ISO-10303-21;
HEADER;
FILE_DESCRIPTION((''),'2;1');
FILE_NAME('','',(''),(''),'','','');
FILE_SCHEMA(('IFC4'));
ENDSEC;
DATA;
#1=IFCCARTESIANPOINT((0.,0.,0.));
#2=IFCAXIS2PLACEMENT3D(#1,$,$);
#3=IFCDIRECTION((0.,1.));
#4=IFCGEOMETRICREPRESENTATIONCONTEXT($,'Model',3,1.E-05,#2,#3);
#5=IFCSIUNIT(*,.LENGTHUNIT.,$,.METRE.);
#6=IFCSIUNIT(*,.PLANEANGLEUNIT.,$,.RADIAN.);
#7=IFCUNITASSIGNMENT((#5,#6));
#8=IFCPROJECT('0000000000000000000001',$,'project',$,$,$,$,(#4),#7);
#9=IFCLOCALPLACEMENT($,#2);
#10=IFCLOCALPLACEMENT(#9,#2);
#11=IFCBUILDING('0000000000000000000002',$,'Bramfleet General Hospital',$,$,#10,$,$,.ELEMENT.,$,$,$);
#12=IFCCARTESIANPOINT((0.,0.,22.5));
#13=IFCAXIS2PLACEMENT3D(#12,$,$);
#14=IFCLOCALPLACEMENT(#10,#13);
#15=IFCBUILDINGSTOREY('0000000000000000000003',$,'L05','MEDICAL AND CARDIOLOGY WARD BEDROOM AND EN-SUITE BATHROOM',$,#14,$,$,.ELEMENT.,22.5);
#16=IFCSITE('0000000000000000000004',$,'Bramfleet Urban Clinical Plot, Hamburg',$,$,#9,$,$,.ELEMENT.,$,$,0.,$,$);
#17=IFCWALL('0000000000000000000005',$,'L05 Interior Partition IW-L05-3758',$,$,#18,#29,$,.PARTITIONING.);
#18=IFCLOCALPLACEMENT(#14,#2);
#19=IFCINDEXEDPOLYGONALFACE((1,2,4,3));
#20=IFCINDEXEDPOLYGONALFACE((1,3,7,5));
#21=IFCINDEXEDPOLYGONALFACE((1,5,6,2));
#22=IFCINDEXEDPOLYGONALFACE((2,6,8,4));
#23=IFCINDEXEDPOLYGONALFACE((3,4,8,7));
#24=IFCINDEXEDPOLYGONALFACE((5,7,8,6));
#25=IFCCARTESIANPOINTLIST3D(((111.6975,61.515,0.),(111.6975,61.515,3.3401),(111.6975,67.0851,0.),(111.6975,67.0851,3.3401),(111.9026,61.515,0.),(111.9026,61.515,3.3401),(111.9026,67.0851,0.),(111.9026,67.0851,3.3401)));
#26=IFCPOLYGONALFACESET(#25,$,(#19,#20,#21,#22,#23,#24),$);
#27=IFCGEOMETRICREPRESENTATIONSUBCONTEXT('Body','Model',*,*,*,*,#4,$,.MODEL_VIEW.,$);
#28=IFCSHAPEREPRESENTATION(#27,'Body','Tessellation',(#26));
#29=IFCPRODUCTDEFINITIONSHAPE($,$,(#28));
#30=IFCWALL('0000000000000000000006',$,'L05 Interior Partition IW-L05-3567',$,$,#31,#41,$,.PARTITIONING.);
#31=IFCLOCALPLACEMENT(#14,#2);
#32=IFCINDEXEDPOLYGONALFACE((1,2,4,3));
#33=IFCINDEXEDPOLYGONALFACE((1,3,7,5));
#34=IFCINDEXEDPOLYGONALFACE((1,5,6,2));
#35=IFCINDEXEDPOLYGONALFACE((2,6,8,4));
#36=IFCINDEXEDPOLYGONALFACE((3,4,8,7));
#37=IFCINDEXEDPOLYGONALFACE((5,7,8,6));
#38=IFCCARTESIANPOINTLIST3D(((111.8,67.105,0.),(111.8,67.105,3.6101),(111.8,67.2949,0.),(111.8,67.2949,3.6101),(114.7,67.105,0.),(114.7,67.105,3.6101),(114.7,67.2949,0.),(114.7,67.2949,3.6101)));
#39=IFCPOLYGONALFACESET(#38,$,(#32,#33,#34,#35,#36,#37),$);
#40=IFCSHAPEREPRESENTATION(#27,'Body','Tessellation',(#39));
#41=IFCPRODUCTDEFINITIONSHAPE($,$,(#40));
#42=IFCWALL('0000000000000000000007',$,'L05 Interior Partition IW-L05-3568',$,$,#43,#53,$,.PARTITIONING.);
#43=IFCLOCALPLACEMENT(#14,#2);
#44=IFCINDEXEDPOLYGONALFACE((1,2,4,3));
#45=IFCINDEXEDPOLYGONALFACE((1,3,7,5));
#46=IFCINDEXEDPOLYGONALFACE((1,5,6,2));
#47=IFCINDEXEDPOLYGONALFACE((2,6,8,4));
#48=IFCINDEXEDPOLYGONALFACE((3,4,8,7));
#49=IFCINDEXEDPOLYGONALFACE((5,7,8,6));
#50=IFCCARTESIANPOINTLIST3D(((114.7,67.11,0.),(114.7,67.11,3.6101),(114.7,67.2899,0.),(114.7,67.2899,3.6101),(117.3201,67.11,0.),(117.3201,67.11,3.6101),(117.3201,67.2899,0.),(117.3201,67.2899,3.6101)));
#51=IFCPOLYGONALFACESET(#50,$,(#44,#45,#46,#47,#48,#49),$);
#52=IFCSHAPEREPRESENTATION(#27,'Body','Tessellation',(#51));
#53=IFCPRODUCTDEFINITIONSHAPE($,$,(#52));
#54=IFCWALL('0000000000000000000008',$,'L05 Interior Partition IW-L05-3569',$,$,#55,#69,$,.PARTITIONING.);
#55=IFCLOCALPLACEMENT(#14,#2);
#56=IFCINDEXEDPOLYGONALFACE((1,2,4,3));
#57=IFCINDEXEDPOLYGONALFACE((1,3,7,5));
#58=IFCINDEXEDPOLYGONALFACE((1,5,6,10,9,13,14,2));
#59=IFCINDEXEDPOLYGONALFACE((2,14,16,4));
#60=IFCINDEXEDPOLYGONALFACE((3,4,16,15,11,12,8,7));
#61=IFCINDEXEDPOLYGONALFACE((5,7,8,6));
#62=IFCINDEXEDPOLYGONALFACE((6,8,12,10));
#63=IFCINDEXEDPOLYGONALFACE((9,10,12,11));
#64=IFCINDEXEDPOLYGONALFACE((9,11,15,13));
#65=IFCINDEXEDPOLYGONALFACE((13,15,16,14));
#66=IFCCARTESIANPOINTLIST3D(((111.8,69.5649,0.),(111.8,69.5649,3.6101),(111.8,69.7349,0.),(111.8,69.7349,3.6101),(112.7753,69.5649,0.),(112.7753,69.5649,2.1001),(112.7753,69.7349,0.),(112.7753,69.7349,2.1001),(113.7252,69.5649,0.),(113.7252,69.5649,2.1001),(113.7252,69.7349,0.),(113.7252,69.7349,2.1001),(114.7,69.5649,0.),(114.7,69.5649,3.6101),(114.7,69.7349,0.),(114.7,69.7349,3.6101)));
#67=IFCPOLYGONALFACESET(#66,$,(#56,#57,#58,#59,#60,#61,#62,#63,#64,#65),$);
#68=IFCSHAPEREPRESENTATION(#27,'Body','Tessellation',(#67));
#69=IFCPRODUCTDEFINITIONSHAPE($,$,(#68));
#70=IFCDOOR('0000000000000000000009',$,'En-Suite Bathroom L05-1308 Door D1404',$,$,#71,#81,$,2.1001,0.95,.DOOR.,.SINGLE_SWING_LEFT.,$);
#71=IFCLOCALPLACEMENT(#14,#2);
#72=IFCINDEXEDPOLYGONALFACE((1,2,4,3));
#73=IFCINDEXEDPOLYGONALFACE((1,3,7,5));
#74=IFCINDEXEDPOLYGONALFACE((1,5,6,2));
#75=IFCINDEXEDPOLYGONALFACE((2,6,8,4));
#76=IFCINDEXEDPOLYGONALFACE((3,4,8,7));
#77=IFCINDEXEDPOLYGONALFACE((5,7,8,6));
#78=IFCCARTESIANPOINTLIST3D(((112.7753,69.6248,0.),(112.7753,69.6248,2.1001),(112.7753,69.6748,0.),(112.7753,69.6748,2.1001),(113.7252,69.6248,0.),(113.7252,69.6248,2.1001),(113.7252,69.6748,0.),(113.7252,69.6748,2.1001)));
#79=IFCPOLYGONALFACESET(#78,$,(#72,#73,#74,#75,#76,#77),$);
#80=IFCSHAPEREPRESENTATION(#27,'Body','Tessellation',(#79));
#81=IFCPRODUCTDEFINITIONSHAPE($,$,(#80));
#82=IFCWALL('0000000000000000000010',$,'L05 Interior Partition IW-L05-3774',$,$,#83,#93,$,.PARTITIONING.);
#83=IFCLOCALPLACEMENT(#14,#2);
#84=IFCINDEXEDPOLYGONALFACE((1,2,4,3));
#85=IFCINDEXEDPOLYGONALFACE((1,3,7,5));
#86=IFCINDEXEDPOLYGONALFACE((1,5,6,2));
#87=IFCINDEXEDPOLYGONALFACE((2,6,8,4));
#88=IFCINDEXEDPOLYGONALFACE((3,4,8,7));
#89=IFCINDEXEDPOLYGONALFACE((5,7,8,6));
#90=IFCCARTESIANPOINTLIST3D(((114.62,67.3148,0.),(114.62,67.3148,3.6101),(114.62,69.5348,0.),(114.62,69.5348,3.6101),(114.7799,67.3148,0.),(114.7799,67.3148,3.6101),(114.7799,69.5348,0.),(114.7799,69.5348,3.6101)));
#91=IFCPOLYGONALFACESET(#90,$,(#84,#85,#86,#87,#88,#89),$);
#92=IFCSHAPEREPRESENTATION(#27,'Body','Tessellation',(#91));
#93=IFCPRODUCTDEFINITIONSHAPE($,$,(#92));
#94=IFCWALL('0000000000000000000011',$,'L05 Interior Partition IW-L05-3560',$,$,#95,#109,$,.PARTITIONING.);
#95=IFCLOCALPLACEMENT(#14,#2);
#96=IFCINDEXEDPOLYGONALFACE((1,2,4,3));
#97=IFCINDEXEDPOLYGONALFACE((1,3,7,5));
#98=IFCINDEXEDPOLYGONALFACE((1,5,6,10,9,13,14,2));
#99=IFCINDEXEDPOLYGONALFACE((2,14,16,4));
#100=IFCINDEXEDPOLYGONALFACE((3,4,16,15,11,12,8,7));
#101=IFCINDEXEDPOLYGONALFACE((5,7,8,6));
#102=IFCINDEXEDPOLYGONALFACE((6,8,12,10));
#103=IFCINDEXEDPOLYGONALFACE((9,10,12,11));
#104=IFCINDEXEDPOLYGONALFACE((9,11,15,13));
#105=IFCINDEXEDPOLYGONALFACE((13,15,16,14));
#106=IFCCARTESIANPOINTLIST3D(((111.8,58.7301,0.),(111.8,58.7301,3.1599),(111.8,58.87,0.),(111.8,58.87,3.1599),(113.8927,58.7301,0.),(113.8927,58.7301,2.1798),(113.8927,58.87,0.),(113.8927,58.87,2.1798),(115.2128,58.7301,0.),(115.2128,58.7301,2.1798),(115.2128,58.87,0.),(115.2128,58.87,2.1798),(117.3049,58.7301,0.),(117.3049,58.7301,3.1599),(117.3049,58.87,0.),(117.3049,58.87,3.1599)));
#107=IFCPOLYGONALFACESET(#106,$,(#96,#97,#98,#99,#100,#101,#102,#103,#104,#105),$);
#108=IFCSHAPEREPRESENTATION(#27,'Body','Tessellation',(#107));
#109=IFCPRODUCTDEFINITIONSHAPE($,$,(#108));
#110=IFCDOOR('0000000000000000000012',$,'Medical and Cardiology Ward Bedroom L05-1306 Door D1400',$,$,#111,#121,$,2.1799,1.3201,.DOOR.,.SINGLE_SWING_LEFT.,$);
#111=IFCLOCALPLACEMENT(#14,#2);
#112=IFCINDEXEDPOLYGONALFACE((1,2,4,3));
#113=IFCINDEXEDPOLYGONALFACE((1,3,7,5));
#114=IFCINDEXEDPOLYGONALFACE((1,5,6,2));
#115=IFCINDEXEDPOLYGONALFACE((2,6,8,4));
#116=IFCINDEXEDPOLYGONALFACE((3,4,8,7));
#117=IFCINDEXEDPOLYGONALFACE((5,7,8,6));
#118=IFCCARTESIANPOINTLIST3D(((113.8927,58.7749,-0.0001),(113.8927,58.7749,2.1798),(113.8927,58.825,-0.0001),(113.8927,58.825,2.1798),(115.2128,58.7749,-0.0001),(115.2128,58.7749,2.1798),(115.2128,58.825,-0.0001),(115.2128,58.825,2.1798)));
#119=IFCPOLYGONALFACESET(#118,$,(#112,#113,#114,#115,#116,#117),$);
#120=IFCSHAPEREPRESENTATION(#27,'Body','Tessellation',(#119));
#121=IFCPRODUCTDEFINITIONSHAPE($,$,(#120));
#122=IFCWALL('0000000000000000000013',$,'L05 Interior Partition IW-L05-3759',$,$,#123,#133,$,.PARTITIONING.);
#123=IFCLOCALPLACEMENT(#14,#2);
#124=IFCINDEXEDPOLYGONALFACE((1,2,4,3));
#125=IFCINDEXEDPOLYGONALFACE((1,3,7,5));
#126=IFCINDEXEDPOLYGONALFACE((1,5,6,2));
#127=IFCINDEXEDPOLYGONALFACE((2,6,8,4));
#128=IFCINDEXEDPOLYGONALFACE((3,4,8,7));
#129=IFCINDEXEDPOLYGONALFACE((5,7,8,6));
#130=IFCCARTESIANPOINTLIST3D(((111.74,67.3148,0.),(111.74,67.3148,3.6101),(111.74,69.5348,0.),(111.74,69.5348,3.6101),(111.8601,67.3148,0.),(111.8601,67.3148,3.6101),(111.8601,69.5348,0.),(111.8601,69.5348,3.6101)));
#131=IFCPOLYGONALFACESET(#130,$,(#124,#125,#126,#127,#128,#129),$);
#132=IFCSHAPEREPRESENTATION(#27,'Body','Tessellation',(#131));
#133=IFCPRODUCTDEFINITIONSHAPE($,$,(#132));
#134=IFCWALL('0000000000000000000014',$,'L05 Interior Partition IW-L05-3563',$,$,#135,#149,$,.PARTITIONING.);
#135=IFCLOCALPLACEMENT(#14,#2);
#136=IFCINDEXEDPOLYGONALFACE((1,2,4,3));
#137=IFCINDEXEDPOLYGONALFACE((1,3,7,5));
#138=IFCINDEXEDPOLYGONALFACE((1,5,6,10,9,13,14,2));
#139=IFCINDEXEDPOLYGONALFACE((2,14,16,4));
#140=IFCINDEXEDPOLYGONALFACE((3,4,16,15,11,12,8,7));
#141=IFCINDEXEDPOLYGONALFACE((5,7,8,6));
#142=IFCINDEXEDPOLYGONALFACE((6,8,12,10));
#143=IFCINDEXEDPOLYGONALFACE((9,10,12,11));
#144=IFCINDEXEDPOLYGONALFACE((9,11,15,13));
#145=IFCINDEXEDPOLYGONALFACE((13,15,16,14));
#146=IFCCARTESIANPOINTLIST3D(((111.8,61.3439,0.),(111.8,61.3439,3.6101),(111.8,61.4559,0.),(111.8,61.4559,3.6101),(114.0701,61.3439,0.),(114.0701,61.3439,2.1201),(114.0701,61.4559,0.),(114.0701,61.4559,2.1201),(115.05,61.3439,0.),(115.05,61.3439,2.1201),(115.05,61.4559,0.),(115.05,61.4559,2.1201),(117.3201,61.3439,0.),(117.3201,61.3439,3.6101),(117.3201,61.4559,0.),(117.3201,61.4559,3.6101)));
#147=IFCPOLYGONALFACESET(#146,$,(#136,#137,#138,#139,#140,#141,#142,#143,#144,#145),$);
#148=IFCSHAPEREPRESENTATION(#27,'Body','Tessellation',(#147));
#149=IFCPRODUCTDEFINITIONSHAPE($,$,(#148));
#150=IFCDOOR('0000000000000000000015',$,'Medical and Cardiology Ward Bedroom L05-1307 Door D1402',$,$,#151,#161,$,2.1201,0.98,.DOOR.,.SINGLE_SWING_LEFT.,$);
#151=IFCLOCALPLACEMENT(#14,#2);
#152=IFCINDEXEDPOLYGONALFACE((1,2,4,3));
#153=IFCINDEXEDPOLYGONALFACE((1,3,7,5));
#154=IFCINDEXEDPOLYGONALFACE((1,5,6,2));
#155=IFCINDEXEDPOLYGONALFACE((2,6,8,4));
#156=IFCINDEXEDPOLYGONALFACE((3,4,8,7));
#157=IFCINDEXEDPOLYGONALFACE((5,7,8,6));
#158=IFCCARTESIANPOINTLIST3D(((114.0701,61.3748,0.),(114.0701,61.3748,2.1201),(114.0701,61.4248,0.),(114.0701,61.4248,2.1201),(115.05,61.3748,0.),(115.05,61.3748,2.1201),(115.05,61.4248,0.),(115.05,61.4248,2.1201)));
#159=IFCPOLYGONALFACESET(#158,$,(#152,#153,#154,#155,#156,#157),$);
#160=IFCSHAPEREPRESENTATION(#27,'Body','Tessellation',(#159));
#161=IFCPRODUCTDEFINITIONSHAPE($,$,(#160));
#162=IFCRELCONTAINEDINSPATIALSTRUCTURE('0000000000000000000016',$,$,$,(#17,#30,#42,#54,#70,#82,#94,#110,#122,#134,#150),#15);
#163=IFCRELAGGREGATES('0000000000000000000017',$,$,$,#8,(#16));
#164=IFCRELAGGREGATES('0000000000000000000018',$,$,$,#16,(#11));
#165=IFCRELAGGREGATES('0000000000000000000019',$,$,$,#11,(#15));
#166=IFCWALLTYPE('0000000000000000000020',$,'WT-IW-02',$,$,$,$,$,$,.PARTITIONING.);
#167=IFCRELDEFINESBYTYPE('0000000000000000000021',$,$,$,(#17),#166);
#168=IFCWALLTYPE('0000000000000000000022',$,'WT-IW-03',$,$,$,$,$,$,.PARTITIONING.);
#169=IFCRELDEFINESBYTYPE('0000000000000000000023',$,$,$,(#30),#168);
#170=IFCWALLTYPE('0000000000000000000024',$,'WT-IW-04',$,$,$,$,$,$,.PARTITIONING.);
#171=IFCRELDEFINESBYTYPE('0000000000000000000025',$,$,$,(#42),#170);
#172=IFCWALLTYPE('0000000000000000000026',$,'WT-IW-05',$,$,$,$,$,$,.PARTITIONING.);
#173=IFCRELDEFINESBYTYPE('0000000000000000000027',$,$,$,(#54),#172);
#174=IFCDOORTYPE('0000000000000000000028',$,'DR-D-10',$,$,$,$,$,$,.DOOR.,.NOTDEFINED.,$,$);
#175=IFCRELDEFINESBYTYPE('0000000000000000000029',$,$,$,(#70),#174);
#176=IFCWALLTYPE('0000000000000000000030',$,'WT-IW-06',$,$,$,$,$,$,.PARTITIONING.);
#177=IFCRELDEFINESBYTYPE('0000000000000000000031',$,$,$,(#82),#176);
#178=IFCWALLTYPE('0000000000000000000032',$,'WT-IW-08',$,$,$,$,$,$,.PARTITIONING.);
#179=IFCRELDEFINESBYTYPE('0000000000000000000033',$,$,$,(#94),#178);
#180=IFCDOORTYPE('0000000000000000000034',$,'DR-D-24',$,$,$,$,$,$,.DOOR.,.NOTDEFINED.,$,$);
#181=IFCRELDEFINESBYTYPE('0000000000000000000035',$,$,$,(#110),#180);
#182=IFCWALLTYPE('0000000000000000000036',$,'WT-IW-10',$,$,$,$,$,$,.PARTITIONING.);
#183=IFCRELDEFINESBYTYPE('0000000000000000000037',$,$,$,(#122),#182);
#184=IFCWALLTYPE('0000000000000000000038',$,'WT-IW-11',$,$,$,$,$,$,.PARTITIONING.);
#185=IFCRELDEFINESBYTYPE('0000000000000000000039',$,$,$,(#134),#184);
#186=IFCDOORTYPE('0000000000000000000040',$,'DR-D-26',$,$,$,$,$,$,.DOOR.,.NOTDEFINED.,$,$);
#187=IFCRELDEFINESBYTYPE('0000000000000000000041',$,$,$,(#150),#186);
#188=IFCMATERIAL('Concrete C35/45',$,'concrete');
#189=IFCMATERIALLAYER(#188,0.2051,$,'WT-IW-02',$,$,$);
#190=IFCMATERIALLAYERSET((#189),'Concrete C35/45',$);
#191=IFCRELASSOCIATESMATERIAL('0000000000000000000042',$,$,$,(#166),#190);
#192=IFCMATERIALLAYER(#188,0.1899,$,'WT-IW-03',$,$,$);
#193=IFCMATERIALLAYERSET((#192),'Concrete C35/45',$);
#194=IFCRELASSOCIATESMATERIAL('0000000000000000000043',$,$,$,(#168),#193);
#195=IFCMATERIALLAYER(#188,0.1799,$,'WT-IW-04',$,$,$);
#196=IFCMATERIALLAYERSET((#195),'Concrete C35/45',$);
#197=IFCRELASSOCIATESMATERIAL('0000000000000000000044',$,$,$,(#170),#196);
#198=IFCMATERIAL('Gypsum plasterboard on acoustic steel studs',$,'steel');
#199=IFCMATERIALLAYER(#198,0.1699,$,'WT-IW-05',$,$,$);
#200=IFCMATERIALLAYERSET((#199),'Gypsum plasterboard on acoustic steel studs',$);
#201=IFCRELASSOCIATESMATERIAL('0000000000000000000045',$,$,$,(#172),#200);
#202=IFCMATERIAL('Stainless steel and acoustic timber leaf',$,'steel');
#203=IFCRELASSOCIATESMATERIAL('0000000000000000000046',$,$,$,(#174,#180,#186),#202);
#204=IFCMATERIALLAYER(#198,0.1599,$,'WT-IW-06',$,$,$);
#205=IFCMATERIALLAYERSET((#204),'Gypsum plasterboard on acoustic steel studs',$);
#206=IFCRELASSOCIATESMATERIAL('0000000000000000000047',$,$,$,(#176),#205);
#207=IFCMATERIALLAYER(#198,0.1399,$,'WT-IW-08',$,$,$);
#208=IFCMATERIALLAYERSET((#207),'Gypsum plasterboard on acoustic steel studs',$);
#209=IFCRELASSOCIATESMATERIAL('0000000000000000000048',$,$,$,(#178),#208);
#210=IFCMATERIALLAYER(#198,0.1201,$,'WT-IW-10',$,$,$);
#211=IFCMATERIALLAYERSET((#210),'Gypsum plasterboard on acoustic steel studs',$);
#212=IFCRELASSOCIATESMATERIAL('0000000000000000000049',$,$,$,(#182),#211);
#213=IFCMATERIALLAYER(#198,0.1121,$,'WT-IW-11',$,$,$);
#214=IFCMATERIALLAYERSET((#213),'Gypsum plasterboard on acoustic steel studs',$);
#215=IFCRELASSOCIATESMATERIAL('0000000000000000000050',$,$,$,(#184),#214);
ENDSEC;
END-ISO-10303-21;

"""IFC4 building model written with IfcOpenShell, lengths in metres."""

from ifc_helpers import new_model, si_unit, direction, frame, frame_2d, origin, place, context, subcontext, project, spatial, rectangle, extrude, material, layer, layer_set, type_object, element, fill, save


model = new_model("IFC4")

# Units and contexts
model_context = context("Model", 3, precision=1e-05, world=origin(), true_north=direction((0.0, 1.0)))
body_context = subcontext(model_context, "Body", "Model", "MODEL_VIEW")
ifc_project = project(units=[si_unit("LENGTHUNIT", "METRE"), si_unit("PLANEANGLEUNIT", "RADIAN")], contexts=[model_context])

# Site, building, storey
site_placement = place(None, origin())
site = spatial("IfcSite", under=ifc_project, at=site_placement, Name="Bramfleet Urban Clinical Plot, Hamburg", CompositionType="ELEMENT", RefElevation=0.0)
building_placement = place(site_placement, origin())
building = spatial("IfcBuilding", under=site, at=building_placement, Name="Bramfleet General Hospital", CompositionType="ELEMENT")
storey_placement = place(building_placement, frame((0.0, 0.0, 22.5)))
storey = spatial("IfcBuildingStorey", under=building, at=storey_placement, Name="L05", Description="MEDICAL AND CARDIOLOGY WARD BEDROOM AND EN-SUITE BATHROOM", CompositionType="ELEMENT", Elevation=22.5)

# Walls
ifc_material_1 = material(Name="Concrete C35/45", Category="concrete")
ifc_layer_1 = layer(ifc_material_1, 0.2051, Name="WT-IW-02")
ifc_layer_set_1 = layer_set([ifc_layer_1], Name="Concrete C35/45")
wall_type_1 = type_object("IfcWallType", Name="WT-IW-02", PredefinedType="PARTITIONING", material=ifc_layer_set_1)
wall_1_placement = place(storey_placement, frame((111.8, 61.5149, 0.0), z_axis=(0.0, 0.0, 1.0), x_axis=(0.0, 1.0, 0.0)))
element("IfcWall", 1, at=wall_1_placement, inside=storey, type_object=wall_type_1, Name="L05 Interior Partition IW-L05-3758", PredefinedType="PARTITIONING", context=body_context, shape_type="SweptSolid", body=[
    extrude(rectangle(XDim=5.5701, YDim=0.2051, at=frame_2d((2.7852, 0.0))), origin(), (0.0, 0.0, 1.0), 3.3401),
])
ifc_layer_2 = layer(ifc_material_1, 0.1899, Name="WT-IW-03")
ifc_layer_set_2 = layer_set([ifc_layer_2], Name="Concrete C35/45")
wall_type_2 = type_object("IfcWallType", Name="WT-IW-03", PredefinedType="PARTITIONING", material=ifc_layer_set_2)
wall_2_placement = place(storey_placement, frame((111.8, 67.2, 0.0), z_axis=(0.0, 0.0, 1.0), x_axis=(1.0, 0.0, 0.0)))
element("IfcWall", 2, at=wall_2_placement, inside=storey, type_object=wall_type_2, Name="L05 Interior Partition IW-L05-3567", PredefinedType="PARTITIONING", context=body_context, shape_type="SweptSolid", body=[
    extrude(rectangle(XDim=2.8999, YDim=0.1899, at=frame_2d((1.45, 0.0))), origin(), (0.0, 0.0, 1.0), 3.6101),
])
ifc_layer_3 = layer(ifc_material_1, 0.1799, Name="WT-IW-04")
ifc_layer_set_3 = layer_set([ifc_layer_3], Name="Concrete C35/45")
wall_type_3 = type_object("IfcWallType", Name="WT-IW-04", PredefinedType="PARTITIONING", material=ifc_layer_set_3)
wall_3_placement = place(storey_placement, frame((114.7, 67.2, 0.0), z_axis=(0.0, 0.0, 1.0), x_axis=(1.0, 0.0, 0.0)))
element("IfcWall", 3, at=wall_3_placement, inside=storey, type_object=wall_type_3, Name="L05 Interior Partition IW-L05-3568", PredefinedType="PARTITIONING", context=body_context, shape_type="SweptSolid", body=[
    extrude(rectangle(XDim=2.6201, YDim=0.1799, at=frame_2d((1.3101, 0.0))), origin(), (0.0, 0.0, 1.0), 3.6101),
])

# Wall, opening, door
ifc_material_2 = material(Name="Gypsum plasterboard on acoustic steel studs", Category="steel")
ifc_layer_4 = layer(ifc_material_2, 0.1699, Name="WT-IW-05")
ifc_layer_set_4 = layer_set([ifc_layer_4], Name="Gypsum plasterboard on acoustic steel studs")
wall_type_4 = type_object("IfcWallType", Name="WT-IW-05", PredefinedType="PARTITIONING", material=ifc_layer_set_4)
wall_4_placement = place(storey_placement, frame((111.8, 69.6499, 0.0), z_axis=(0.0, 0.0, 1.0), x_axis=(1.0, 0.0, 0.0)))
wall_4 = element("IfcWall", 4, at=wall_4_placement, inside=storey, type_object=wall_type_4, Name="L05 Interior Partition IW-L05-3569", PredefinedType="PARTITIONING", context=body_context, shape_type="SweptSolid", body=[
    extrude(rectangle(XDim=2.8999, YDim=0.1699, at=frame_2d((1.45, 0.0))), origin(), (0.0, 0.0, 1.0), 3.6101),
])
opening_1_placement = place(wall_4_placement, frame((0.9751, 0.0, 0.0)))
opening_1 = element("IfcOpeningElement", 5, at=opening_1_placement, cuts=wall_4, PredefinedType="OPENING", context=body_context, shape_type="SweptSolid", body=[
    extrude(rectangle(XDim=0.95, YDim=2.1001, at=frame_2d((0.4751, 1.05))), frame((0.0, 0.095, 0.0), z_axis=(0.0, -1.0, 0.0), x_axis=(1.0, 0.0, 0.0)), (0.0, 0.0, 1.0), 0.1899),
])
ifc_material_3 = material(Name="Stainless steel and acoustic timber leaf", Category="steel")
door_type_1 = type_object("IfcDoorType", Name="DR-D-10", OperationType="NOTDEFINED", PredefinedType="DOOR", material=ifc_material_3)
door_1_placement = place(opening_1_placement, origin())
door_1 = element("IfcDoor", 6, at=door_1_placement, inside=storey, type_object=door_type_1, Name="En-Suite Bathroom L05-1308 Door D1404", OperationType="SINGLE_SWING_LEFT", OverallHeight=2.1001, OverallWidth=0.95, PredefinedType="DOOR", context=body_context, shape_type="SweptSolid", body=[
    extrude(rectangle(XDim=0.95, YDim=2.1001, at=frame_2d((0.4751, 1.05))), frame((0.0, 0.0249, 0.0), z_axis=(0.0, -1.0, 0.0), x_axis=(1.0, 0.0, 0.0)), (0.0, 0.0, 1.0), 0.05),
])
fill(opening_1, door_1)

# Wall
ifc_layer_5 = layer(ifc_material_2, 0.1599, Name="WT-IW-06")
ifc_layer_set_5 = layer_set([ifc_layer_5], Name="Gypsum plasterboard on acoustic steel studs")
wall_type_5 = type_object("IfcWallType", Name="WT-IW-06", PredefinedType="PARTITIONING", material=ifc_layer_set_5)
wall_5_placement = place(storey_placement, frame((114.7, 67.3149, 0.0), z_axis=(0.0, 0.0, 1.0), x_axis=(0.0, 1.0, 0.0)))
element("IfcWall", 7, at=wall_5_placement, inside=storey, type_object=wall_type_5, Name="L05 Interior Partition IW-L05-3774", PredefinedType="PARTITIONING", context=body_context, shape_type="SweptSolid", body=[
    extrude(rectangle(XDim=2.22, YDim=0.1599, at=frame_2d((1.1099, 0.0))), origin(), (0.0, 0.0, 1.0), 3.6101),
])

# Wall, opening, door
ifc_layer_6 = layer(ifc_material_2, 0.1399, Name="WT-IW-08")
ifc_layer_set_6 = layer_set([ifc_layer_6], Name="Gypsum plasterboard on acoustic steel studs")
wall_type_6 = type_object("IfcWallType", Name="WT-IW-08", PredefinedType="PARTITIONING", material=ifc_layer_set_6)
wall_6_placement = place(storey_placement, frame((111.8, 58.8, 0.0), z_axis=(0.0, 0.0, 1.0), x_axis=(1.0, 0.0, 0.0)))
wall_6 = element("IfcWall", 8, at=wall_6_placement, inside=storey, type_object=wall_type_6, Name="L05 Interior Partition IW-L05-3560", PredefinedType="PARTITIONING", context=body_context, shape_type="SweptSolid", body=[
    extrude(rectangle(XDim=5.5049, YDim=0.1399, at=frame_2d((2.7524, 0.0))), origin(), (0.0, 0.0, 1.0), 3.1599),
])
opening_2_placement = place(wall_6_placement, frame((2.0925, 0.0, 0.0)))
opening_2 = element("IfcOpeningElement", 9, at=opening_2_placement, cuts=wall_6, PredefinedType="OPENING", context=body_context, shape_type="SweptSolid", body=[
    extrude(rectangle(XDim=1.3201, YDim=2.1799, at=frame_2d((0.6602, 1.0898))), frame((0.0, 0.0798, 0.0), z_axis=(0.0, -1.0, 0.0), x_axis=(1.0, 0.0, 0.0)), (0.0, 0.0, 1.0), 0.1599),
])
door_type_2 = type_object("IfcDoorType", Name="DR-D-24", OperationType="NOTDEFINED", PredefinedType="DOOR", material=ifc_material_3)
door_2_placement = place(opening_2_placement, origin())
door_2 = element("IfcDoor", 10, at=door_2_placement, inside=storey, type_object=door_type_2, Name="Medical and Cardiology Ward Bedroom L05-1306 Door D1400", OperationType="SINGLE_SWING_LEFT", OverallHeight=2.1799, OverallWidth=1.3201, PredefinedType="DOOR", context=body_context, shape_type="SweptSolid", body=[
    extrude(rectangle(XDim=1.3201, YDim=2.1799, at=frame_2d((0.6602, 1.0898))), frame((0.0, 0.0249, 0.0), z_axis=(0.0, -1.0, 0.0), x_axis=(1.0, 0.0, 0.0)), (0.0, 0.0, 1.0), 0.05),
])
fill(opening_2, door_2)

# Wall
ifc_layer_7 = layer(ifc_material_2, 0.1201, Name="WT-IW-10")
ifc_layer_set_7 = layer_set([ifc_layer_7], Name="Gypsum plasterboard on acoustic steel studs")
wall_type_7 = type_object("IfcWallType", Name="WT-IW-10", PredefinedType="PARTITIONING", material=ifc_layer_set_7)
wall_7_placement = place(storey_placement, frame((111.8, 67.3149, 0.0), z_axis=(0.0, 0.0, 1.0), x_axis=(0.0, 1.0, 0.0)))
element("IfcWall", 11, at=wall_7_placement, inside=storey, type_object=wall_type_7, Name="L05 Interior Partition IW-L05-3759", PredefinedType="PARTITIONING", context=body_context, shape_type="SweptSolid", body=[
    extrude(rectangle(XDim=2.22, YDim=0.1201, at=frame_2d((1.1099, 0.0))), origin(), (0.0, 0.0, 1.0), 3.6101),
])

# Wall, opening, door
ifc_layer_8 = layer(ifc_material_2, 0.1121, Name="WT-IW-11")
ifc_layer_set_8 = layer_set([ifc_layer_8], Name="Gypsum plasterboard on acoustic steel studs")
wall_type_8 = type_object("IfcWallType", Name="WT-IW-11", PredefinedType="PARTITIONING", material=ifc_layer_set_8)
wall_8_placement = place(storey_placement, frame((111.8, 61.3999, 0.0), z_axis=(0.0, 0.0, 1.0), x_axis=(1.0, 0.0, 0.0)))
wall_8 = element("IfcWall", 12, at=wall_8_placement, inside=storey, type_object=wall_type_8, Name="L05 Interior Partition IW-L05-3563", PredefinedType="PARTITIONING", context=body_context, shape_type="SweptSolid", body=[
    extrude(rectangle(XDim=5.52, YDim=0.1121, at=frame_2d((2.76, 0.0))), origin(), (0.0, 0.0, 1.0), 3.6101),
])
opening_3_placement = place(wall_8_placement, frame((2.27, 0.0, 0.0)))
opening_3 = element("IfcOpeningElement", 13, at=opening_3_placement, cuts=wall_8, PredefinedType="OPENING", context=body_context, shape_type="SweptSolid", body=[
    extrude(rectangle(XDim=0.98, YDim=2.1201, at=frame_2d((0.49, 1.0601))), frame((0.0, 0.0659, 0.0), z_axis=(0.0, -1.0, 0.0), x_axis=(1.0, 0.0, 0.0)), (0.0, 0.0, 1.0), 0.1321),
])
door_type_3 = type_object("IfcDoorType", Name="DR-D-26", OperationType="NOTDEFINED", PredefinedType="DOOR", material=ifc_material_3)
door_3_placement = place(opening_3_placement, origin())
door_3 = element("IfcDoor", 14, at=door_3_placement, inside=storey, type_object=door_type_3, Name="Medical and Cardiology Ward Bedroom L05-1307 Door D1402", OperationType="SINGLE_SWING_LEFT", OverallHeight=2.1201, OverallWidth=0.98, PredefinedType="DOOR", context=body_context, shape_type="SweptSolid", body=[
    extrude(rectangle(XDim=0.98, YDim=2.1201, at=frame_2d((0.49, 1.0601))), frame((0.0, 0.0249, 0.0), z_axis=(0.0, -1.0, 0.0), x_axis=(1.0, 0.0, 0.0)), (0.0, 0.0, 1.0), 0.05),
])
fill(opening_3, door_3)

save(model, "model.ifc")
